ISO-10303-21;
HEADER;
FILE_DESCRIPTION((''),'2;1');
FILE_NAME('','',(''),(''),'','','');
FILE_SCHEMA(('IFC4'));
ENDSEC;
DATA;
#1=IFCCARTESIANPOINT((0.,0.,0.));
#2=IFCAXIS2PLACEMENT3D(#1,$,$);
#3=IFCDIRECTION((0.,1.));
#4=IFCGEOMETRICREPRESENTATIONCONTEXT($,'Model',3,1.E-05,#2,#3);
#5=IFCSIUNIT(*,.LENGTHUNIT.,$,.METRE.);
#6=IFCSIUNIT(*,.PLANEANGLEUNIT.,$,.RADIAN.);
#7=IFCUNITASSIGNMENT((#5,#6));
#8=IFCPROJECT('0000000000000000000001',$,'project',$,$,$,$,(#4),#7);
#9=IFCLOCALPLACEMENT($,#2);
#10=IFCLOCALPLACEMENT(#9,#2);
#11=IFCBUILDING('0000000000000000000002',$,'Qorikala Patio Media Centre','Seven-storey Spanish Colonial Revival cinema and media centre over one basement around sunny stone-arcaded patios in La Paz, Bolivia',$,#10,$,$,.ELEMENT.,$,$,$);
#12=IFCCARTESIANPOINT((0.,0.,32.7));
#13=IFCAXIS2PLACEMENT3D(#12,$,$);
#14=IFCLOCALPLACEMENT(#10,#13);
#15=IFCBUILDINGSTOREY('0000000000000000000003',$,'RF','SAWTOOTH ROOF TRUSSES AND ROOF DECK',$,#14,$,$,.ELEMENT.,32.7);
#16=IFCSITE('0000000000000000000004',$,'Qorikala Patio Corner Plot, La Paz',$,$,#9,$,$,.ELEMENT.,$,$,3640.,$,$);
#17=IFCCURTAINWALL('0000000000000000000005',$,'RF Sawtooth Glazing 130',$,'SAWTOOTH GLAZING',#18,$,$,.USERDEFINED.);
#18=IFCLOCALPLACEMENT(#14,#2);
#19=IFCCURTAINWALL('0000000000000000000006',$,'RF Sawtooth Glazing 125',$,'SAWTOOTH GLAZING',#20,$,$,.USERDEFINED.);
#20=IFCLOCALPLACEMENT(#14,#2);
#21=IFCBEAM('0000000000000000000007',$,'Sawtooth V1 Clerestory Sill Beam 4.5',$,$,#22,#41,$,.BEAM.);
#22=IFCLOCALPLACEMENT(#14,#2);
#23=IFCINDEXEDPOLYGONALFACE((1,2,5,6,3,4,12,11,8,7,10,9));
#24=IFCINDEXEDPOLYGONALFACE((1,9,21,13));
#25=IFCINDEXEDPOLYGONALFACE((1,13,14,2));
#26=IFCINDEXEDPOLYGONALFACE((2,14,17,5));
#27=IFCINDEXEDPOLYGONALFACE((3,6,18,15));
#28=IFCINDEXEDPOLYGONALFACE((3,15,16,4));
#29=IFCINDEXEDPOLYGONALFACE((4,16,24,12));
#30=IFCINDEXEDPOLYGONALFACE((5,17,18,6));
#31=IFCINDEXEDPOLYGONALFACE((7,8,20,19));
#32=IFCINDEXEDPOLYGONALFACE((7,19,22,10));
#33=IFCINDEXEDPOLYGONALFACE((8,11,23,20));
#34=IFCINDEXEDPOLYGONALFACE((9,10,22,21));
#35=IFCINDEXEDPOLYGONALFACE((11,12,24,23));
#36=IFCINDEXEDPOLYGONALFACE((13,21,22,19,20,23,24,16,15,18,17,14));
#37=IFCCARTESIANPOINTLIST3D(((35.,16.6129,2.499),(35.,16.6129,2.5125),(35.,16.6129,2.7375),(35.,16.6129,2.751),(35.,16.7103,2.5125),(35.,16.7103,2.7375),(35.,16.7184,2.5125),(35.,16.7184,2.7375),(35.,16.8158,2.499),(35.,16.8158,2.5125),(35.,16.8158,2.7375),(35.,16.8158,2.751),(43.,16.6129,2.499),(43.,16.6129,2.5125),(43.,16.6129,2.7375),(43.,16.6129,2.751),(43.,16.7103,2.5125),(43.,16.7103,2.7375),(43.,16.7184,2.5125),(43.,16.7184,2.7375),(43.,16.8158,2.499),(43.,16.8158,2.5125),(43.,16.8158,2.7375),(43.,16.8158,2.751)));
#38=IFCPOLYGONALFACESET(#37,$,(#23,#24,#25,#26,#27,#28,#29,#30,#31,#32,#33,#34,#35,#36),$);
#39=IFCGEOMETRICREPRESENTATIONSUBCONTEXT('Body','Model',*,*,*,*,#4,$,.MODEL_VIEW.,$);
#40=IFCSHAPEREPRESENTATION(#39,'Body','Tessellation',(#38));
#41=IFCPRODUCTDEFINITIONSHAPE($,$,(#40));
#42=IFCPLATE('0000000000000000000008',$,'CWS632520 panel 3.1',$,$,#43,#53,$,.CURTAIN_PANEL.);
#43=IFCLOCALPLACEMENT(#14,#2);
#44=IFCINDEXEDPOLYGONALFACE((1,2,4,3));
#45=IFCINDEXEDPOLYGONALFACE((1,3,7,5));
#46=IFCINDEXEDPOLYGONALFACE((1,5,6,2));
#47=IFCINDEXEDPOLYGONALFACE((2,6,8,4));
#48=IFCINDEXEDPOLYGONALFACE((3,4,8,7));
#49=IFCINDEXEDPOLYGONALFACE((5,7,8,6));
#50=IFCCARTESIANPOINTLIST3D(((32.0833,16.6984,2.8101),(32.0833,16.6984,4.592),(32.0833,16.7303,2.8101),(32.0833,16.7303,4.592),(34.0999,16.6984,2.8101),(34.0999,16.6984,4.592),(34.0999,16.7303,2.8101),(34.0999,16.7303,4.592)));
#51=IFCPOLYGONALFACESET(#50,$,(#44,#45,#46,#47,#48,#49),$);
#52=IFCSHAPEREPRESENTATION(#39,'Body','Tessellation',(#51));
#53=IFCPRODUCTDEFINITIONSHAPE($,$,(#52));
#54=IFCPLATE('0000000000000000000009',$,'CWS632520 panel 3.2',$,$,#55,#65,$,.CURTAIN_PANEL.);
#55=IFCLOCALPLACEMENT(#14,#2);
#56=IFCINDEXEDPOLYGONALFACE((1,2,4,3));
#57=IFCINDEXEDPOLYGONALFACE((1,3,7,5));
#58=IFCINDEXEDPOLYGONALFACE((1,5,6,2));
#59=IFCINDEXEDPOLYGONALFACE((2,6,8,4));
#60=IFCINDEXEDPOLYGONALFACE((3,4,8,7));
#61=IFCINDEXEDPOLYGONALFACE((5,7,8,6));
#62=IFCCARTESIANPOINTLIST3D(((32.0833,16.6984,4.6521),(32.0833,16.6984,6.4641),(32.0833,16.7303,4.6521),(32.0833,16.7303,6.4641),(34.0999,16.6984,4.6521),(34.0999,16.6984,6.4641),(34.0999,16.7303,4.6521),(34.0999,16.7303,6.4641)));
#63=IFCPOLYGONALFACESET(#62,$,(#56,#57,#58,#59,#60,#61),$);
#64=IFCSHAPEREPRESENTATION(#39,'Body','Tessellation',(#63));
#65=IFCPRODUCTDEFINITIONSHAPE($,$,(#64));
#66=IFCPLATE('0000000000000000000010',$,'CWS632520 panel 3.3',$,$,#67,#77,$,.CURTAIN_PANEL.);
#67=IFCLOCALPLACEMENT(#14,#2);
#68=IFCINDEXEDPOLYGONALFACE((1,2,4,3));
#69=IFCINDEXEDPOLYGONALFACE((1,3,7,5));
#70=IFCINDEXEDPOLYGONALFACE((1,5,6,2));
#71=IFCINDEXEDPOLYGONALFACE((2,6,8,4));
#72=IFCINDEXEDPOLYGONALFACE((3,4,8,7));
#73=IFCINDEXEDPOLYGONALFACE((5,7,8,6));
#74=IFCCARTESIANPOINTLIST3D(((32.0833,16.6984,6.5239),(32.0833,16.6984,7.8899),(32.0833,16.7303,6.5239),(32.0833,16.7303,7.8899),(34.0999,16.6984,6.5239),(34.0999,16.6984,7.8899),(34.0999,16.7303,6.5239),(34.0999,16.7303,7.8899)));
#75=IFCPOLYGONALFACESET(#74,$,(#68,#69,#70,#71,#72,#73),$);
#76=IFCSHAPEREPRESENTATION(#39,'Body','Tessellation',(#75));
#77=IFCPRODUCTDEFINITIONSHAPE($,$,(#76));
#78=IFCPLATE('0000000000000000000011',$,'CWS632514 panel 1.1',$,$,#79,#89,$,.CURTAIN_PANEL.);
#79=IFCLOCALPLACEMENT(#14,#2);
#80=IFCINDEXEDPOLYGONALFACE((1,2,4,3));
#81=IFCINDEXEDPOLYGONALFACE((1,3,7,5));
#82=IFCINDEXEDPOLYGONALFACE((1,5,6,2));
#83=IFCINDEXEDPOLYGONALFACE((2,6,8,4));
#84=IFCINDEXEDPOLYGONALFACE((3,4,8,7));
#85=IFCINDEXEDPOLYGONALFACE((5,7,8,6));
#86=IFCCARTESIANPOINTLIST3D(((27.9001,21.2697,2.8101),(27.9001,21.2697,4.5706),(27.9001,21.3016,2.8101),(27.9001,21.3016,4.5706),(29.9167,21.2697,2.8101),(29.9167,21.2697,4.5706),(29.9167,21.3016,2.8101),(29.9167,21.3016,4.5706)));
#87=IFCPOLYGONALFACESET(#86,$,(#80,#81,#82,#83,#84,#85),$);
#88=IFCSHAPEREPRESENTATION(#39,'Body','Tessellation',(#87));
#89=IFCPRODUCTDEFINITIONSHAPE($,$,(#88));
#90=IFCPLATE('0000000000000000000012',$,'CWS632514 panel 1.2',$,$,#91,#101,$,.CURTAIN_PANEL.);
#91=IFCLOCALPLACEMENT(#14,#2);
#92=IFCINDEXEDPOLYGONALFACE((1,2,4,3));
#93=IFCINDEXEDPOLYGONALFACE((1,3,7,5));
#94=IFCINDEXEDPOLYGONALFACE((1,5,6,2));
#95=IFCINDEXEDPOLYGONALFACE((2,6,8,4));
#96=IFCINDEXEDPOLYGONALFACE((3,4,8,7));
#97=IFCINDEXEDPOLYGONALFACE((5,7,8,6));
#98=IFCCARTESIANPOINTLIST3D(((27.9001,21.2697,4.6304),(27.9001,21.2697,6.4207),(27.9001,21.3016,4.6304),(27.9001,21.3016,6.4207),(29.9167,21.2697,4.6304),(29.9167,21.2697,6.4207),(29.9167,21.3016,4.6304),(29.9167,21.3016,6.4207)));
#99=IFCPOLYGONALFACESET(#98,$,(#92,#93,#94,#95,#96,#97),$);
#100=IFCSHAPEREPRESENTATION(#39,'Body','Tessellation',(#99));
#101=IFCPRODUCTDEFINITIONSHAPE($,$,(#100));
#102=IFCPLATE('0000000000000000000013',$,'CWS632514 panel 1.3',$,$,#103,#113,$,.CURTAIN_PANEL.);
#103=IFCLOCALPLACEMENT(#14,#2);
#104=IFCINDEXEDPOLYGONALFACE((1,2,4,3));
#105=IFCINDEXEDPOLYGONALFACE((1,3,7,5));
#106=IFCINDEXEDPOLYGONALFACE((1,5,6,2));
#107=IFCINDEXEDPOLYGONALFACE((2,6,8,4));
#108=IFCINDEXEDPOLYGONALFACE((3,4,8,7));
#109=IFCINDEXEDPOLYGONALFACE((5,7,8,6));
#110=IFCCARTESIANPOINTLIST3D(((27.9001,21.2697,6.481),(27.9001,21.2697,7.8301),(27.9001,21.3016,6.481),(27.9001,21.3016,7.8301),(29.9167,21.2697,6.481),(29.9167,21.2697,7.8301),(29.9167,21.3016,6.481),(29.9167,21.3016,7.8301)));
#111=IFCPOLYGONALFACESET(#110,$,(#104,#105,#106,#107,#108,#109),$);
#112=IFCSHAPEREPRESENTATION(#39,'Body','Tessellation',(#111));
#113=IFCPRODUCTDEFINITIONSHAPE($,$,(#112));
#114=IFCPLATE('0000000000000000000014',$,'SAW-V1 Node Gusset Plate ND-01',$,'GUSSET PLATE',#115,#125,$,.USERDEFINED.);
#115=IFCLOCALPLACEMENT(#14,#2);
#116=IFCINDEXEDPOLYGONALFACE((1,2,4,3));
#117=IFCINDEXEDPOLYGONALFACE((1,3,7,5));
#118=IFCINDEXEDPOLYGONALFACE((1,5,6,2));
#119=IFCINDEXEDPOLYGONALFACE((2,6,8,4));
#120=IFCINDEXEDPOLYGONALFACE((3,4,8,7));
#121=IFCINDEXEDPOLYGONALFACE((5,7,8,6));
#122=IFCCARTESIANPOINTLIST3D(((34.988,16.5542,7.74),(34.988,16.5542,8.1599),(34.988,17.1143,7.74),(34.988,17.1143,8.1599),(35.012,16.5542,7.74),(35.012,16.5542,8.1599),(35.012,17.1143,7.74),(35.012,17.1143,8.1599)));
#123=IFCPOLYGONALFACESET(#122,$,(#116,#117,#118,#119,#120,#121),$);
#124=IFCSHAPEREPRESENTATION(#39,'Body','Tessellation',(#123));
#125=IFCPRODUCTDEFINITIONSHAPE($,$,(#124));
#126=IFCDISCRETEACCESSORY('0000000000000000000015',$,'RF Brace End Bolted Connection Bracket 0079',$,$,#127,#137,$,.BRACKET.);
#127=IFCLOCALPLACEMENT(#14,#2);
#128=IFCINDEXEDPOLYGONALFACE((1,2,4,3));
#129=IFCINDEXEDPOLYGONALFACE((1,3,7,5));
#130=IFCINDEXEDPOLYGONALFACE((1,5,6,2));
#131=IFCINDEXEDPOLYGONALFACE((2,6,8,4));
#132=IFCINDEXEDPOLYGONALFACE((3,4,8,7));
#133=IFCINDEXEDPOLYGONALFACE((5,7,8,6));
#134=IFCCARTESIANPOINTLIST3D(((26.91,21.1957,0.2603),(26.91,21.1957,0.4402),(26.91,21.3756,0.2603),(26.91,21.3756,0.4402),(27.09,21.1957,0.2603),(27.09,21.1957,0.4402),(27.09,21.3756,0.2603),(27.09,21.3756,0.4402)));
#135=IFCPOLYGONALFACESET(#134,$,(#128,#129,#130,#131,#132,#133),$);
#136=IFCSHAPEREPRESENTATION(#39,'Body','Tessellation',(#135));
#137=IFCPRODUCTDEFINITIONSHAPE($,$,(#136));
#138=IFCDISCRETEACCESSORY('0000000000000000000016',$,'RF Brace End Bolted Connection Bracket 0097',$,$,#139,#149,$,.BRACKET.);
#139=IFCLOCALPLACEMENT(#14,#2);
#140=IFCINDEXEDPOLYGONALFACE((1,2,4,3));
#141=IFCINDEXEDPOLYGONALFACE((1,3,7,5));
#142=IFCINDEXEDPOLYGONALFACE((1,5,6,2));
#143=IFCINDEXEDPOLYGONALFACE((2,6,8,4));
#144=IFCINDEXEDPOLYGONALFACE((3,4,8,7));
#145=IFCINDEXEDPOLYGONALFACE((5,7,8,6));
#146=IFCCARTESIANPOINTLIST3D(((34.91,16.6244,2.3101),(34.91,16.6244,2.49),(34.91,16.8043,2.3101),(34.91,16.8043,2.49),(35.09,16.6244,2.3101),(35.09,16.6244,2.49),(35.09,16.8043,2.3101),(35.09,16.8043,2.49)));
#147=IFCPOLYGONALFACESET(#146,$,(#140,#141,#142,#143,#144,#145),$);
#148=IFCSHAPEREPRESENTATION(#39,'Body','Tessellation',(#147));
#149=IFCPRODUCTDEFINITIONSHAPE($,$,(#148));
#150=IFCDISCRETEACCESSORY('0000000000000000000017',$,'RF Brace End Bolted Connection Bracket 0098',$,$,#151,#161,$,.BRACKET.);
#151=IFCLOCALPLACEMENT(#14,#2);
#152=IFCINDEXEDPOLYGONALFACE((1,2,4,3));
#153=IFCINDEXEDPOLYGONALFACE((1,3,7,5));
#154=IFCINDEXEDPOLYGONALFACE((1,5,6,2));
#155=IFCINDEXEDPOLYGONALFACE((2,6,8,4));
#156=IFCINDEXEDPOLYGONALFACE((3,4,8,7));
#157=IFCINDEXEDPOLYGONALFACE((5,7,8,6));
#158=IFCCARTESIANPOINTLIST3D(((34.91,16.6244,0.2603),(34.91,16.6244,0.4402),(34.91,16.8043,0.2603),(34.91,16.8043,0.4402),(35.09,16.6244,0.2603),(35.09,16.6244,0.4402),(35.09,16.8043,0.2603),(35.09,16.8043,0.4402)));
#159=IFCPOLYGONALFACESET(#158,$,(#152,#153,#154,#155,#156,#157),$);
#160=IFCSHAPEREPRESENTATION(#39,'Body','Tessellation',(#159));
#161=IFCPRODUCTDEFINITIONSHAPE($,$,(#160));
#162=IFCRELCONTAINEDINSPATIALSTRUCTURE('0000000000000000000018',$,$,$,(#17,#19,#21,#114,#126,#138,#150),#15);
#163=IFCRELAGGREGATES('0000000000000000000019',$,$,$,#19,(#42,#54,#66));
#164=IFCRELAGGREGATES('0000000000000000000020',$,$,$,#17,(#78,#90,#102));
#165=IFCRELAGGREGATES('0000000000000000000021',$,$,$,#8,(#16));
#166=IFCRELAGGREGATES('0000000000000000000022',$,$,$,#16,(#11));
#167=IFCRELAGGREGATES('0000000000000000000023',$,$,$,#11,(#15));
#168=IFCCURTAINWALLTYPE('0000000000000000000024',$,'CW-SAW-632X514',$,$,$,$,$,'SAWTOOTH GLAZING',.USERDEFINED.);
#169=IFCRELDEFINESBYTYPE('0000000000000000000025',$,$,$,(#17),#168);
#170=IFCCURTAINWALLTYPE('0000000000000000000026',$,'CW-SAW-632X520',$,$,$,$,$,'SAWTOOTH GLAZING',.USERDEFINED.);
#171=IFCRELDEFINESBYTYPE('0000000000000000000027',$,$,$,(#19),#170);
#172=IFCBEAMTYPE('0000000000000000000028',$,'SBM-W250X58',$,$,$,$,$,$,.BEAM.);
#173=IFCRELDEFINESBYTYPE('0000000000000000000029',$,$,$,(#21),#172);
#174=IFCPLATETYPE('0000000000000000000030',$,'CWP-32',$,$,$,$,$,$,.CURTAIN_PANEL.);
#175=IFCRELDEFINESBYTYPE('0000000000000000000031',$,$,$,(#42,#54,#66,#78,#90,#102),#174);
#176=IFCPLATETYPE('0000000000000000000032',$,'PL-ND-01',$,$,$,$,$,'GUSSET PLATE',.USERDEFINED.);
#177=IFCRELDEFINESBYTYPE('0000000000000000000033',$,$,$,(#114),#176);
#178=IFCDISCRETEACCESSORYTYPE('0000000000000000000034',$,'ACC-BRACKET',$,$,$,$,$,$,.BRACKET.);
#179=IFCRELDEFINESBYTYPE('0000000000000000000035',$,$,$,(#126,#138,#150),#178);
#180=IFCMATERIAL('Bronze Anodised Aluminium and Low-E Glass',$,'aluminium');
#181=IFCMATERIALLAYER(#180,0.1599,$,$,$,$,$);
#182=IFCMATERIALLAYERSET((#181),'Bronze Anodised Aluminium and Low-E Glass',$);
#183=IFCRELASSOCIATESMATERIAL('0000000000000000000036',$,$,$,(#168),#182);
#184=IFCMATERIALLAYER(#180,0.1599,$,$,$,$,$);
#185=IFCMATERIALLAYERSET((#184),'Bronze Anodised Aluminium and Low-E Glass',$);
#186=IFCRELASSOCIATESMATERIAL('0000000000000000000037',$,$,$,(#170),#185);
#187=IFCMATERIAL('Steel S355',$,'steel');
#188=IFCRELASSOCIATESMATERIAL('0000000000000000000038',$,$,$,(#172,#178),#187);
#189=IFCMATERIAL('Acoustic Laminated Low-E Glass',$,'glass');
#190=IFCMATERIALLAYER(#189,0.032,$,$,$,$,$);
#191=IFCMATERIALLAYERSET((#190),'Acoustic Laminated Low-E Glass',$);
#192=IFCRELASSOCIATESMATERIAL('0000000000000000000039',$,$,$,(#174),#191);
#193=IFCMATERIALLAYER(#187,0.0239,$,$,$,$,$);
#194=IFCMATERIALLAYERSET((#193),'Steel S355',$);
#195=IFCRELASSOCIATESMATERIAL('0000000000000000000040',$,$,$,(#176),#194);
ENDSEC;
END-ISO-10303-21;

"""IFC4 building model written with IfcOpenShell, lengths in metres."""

from ifc_helpers import new_model, si_unit, direction, frame, origin, origin_2d, place, context, subcontext, project, spatial, rectangle, i_section, extrude, material, layer, layer_set, material_profile, profile_set, type_object, element, aggregate, save


model = new_model("IFC4")

# Units and contexts
model_context = context("Model", 3, precision=1e-05, world=origin(), true_north=direction((0.0, 1.0)))
body_context = subcontext(model_context, "Body", "Model", "MODEL_VIEW")
ifc_project = project(units=[si_unit("LENGTHUNIT", "METRE"), si_unit("PLANEANGLEUNIT", "RADIAN")], contexts=[model_context])

# Site, building, storey
site_placement = place(None, origin())
site = spatial("IfcSite", under=ifc_project, at=site_placement, Name="Qorikala Patio Corner Plot, La Paz", CompositionType="ELEMENT", RefElevation=3640.0)
building_placement = place(site_placement, origin())
building = spatial("IfcBuilding", under=site, at=building_placement, Name="Qorikala Patio Media Centre", Description="Seven-storey Spanish Colonial Revival cinema and media centre over one basement around sunny stone-arcaded patios in La Paz, Bolivia", CompositionType="ELEMENT")
storey_placement = place(building_placement, frame((0.0, 0.0, 32.7)))
storey = spatial("IfcBuildingStorey", under=building, at=storey_placement, Name="RF", Description="SAWTOOTH ROOF TRUSSES AND ROOF DECK", CompositionType="ELEMENT", Elevation=32.7)

# Shared definitions
ifc_material_1 = material(Name="Steel S355", Category="steel")

# Curtain walls
ifc_material_2 = material(Name="Bronze Anodised Aluminium and Low-E Glass", Category="aluminium")
ifc_layer_1 = layer(ifc_material_2, 0.1599)
ifc_layer_set_1 = layer_set([ifc_layer_1], Name="Bronze Anodised Aluminium and Low-E Glass")
curtain_wall_type_1 = type_object("IfcCurtainWallType", Name="CW-SAW-632X514", ElementType="SAWTOOTH GLAZING", PredefinedType="USERDEFINED", material=ifc_layer_set_1)
curtain_wall_1_placement = place(storey_placement, origin())
curtain_wall_1 = element("IfcCurtainWall", 1, at=curtain_wall_1_placement, inside=storey, type_object=curtain_wall_type_1, Name="RF Sawtooth Glazing 130", ObjectType="SAWTOOTH GLAZING", PredefinedType="USERDEFINED")
ifc_layer_2 = layer(ifc_material_2, 0.1599)
ifc_layer_set_2 = layer_set([ifc_layer_2], Name="Bronze Anodised Aluminium and Low-E Glass")
curtain_wall_type_2 = type_object("IfcCurtainWallType", Name="CW-SAW-632X520", ElementType="SAWTOOTH GLAZING", PredefinedType="USERDEFINED", material=ifc_layer_set_2)
curtain_wall_2_placement = place(storey_placement, origin())
curtain_wall_2 = element("IfcCurtainWall", 2, at=curtain_wall_2_placement, inside=storey, type_object=curtain_wall_type_2, Name="RF Sawtooth Glazing 125", ObjectType="SAWTOOTH GLAZING", PredefinedType="USERDEFINED")

# Beam
ifc_material_profile_1 = material_profile(ifc_material_1, i_section(OverallWidth=0.2029, OverallDepth=0.252, WebThickness=0.0081, FlangeThickness=0.0134, at=origin_2d()), Name="W250X58")
ifc_profile_set_1 = profile_set([ifc_material_profile_1], Name="Steel S355")
beam_type = type_object("IfcBeamType", Name="SBM-W250X58", PredefinedType="BEAM", material=ifc_profile_set_1)
beam_placement = place(storey_placement, frame((35.0, 16.7144, 2.625), z_axis=(1.0, 0.0, 0.0), x_axis=(0.0, 1.0, 0.0)))
element("IfcBeam", 3, at=beam_placement, inside=storey, type_object=beam_type, Name="Sawtooth V1 Clerestory Sill Beam 4.5", PredefinedType="BEAM", context=body_context, shape_type="SweptSolid", body=[
    extrude(i_section(OverallWidth=0.2029, OverallDepth=0.252, WebThickness=0.0081, FlangeThickness=0.0134, at=origin_2d()), origin(), (0.0, 0.0, 1.0), 8.0),
])

# Plates
ifc_material_3 = material(Name="Acoustic Laminated Low-E Glass", Category="glass")
ifc_layer_3 = layer(ifc_material_3, 0.032)
ifc_layer_set_3 = layer_set([ifc_layer_3], Name="Acoustic Laminated Low-E Glass")
plate_type_1 = type_object("IfcPlateType", Name="CWP-32", PredefinedType="CURTAIN_PANEL", material=ifc_layer_set_3)
plate_1_placement = place(storey_placement, frame((33.0916, 16.7144, 2.8101), z_axis=(0.0, 0.0, 1.0), x_axis=(1.0, 0.0, 0.0)))
plate_1 = element("IfcPlate", 4, at=plate_1_placement, type_object=plate_type_1, Name="CWS632520 panel 3.1", PredefinedType="CURTAIN_PANEL", context=body_context, shape_type="SweptSolid", body=[
    extrude(rectangle(XDim=2.0166, YDim=0.032, at=origin_2d()), origin(), (0.0, 0.0, 1.0), 1.782),
])
plate_2_placement = place(storey_placement, frame((33.0916, 16.7144, 4.6521), z_axis=(0.0, 0.0, 1.0), x_axis=(1.0, 0.0, 0.0)))
plate_2 = element("IfcPlate", 5, at=plate_2_placement, type_object=plate_type_1, Name="CWS632520 panel 3.2", PredefinedType="CURTAIN_PANEL", context=body_context, shape_type="SweptSolid", body=[
    extrude(rectangle(XDim=2.0166, YDim=0.032, at=origin_2d()), origin(), (0.0, 0.0, 1.0), 1.812),
])
plate_3_placement = place(storey_placement, frame((33.0916, 16.7144, 6.5239), z_axis=(0.0, 0.0, 1.0), x_axis=(1.0, 0.0, 0.0)))
plate_3 = element("IfcPlate", 6, at=plate_3_placement, type_object=plate_type_1, Name="CWS632520 panel 3.3", PredefinedType="CURTAIN_PANEL", context=body_context, shape_type="SweptSolid", body=[
    extrude(rectangle(XDim=2.0166, YDim=0.032, at=origin_2d()), origin(), (0.0, 0.0, 1.0), 1.366),
])
aggregate(curtain_wall_2, [plate_1, plate_2, plate_3])
plate_4_placement = place(storey_placement, frame((28.9084, 21.2856, 2.8101), z_axis=(0.0, 0.0, 1.0), x_axis=(1.0, 0.0, 0.0)))
plate_4 = element("IfcPlate", 7, at=plate_4_placement, type_object=plate_type_1, Name="CWS632514 panel 1.1", PredefinedType="CURTAIN_PANEL", context=body_context, shape_type="SweptSolid", body=[
    extrude(rectangle(XDim=2.0166, YDim=0.032, at=origin_2d()), origin(), (0.0, 0.0, 1.0), 1.7605),
])
plate_5_placement = place(storey_placement, frame((28.9084, 21.2856, 4.6304), z_axis=(0.0, 0.0, 1.0), x_axis=(1.0, 0.0, 0.0)))
plate_5 = element("IfcPlate", 8, at=plate_5_placement, type_object=plate_type_1, Name="CWS632514 panel 1.2", PredefinedType="CURTAIN_PANEL", context=body_context, shape_type="SweptSolid", body=[
    extrude(rectangle(XDim=2.0166, YDim=0.032, at=origin_2d()), origin(), (0.0, 0.0, 1.0), 1.7903),
])
plate_6_placement = place(storey_placement, frame((28.9084, 21.2856, 6.481), z_axis=(0.0, 0.0, 1.0), x_axis=(1.0, 0.0, 0.0)))
plate_6 = element("IfcPlate", 9, at=plate_6_placement, type_object=plate_type_1, Name="CWS632514 panel 1.3", PredefinedType="CURTAIN_PANEL", context=body_context, shape_type="SweptSolid", body=[
    extrude(rectangle(XDim=2.0166, YDim=0.032, at=origin_2d()), origin(), (0.0, 0.0, 1.0), 1.3491),
])
aggregate(curtain_wall_1, [plate_4, plate_5, plate_6])
ifc_layer_4 = layer(ifc_material_1, 0.0239)
ifc_layer_set_4 = layer_set([ifc_layer_4], Name="Steel S355")
plate_type_2 = type_object("IfcPlateType", Name="PL-ND-01", ElementType="GUSSET PLATE", PredefinedType="USERDEFINED", material=ifc_layer_set_4)
plate_7_placement = place(storey_placement, frame((35.0, 16.8342, 7.74), z_axis=(0.0, 0.0, 1.0), x_axis=(1.0, 0.0, 0.0)))
element("IfcPlate", 10, at=plate_7_placement, inside=storey, type_object=plate_type_2, Name="SAW-V1 Node Gusset Plate ND-01", ObjectType="GUSSET PLATE", PredefinedType="USERDEFINED", context=body_context, shape_type="SweptSolid", body=[
    extrude(rectangle(XDim=0.0239, YDim=0.5601, at=origin_2d()), origin(), (0.0, 0.0, 1.0), 0.4199),
])

# Discrete accessories
discrete_accessory_type = type_object("IfcDiscreteAccessoryType", Name="ACC-BRACKET", PredefinedType="BRACKET", material=ifc_material_1)
for number, where, z_axis, x_axis, name in (
    (11, (27.0, 21.2856, 0.2603), (0.0, 0.0, 1.0), (1.0, 0.0, 0.0), "RF Brace End Bolted Connection Bracket 0079"),
    (12, (35.0, 16.7144, 2.3101), (0.0, 0.0, 1.0), (1.0, 0.0, 0.0), "RF Brace End Bolted Connection Bracket 0097"),
    (13, (35.0, 16.7144, 0.2603), (0.0, 0.0, 1.0), (1.0, 0.0, 0.0), "RF Brace End Bolted Connection Bracket 0098"),
):
    element("IfcDiscreteAccessory", number, at=place(storey_placement, frame(where, z_axis=z_axis, x_axis=x_axis)), inside=storey, type_object=discrete_accessory_type, Name=name, PredefinedType="BRACKET", context=body_context, shape_type="SweptSolid", body=[
        extrude(rectangle(XDim=0.1799, YDim=0.1799, at=origin_2d()), origin(), (0.0, 0.0, 1.0), 0.1799),
    ])

save(model, "model.ifc")
